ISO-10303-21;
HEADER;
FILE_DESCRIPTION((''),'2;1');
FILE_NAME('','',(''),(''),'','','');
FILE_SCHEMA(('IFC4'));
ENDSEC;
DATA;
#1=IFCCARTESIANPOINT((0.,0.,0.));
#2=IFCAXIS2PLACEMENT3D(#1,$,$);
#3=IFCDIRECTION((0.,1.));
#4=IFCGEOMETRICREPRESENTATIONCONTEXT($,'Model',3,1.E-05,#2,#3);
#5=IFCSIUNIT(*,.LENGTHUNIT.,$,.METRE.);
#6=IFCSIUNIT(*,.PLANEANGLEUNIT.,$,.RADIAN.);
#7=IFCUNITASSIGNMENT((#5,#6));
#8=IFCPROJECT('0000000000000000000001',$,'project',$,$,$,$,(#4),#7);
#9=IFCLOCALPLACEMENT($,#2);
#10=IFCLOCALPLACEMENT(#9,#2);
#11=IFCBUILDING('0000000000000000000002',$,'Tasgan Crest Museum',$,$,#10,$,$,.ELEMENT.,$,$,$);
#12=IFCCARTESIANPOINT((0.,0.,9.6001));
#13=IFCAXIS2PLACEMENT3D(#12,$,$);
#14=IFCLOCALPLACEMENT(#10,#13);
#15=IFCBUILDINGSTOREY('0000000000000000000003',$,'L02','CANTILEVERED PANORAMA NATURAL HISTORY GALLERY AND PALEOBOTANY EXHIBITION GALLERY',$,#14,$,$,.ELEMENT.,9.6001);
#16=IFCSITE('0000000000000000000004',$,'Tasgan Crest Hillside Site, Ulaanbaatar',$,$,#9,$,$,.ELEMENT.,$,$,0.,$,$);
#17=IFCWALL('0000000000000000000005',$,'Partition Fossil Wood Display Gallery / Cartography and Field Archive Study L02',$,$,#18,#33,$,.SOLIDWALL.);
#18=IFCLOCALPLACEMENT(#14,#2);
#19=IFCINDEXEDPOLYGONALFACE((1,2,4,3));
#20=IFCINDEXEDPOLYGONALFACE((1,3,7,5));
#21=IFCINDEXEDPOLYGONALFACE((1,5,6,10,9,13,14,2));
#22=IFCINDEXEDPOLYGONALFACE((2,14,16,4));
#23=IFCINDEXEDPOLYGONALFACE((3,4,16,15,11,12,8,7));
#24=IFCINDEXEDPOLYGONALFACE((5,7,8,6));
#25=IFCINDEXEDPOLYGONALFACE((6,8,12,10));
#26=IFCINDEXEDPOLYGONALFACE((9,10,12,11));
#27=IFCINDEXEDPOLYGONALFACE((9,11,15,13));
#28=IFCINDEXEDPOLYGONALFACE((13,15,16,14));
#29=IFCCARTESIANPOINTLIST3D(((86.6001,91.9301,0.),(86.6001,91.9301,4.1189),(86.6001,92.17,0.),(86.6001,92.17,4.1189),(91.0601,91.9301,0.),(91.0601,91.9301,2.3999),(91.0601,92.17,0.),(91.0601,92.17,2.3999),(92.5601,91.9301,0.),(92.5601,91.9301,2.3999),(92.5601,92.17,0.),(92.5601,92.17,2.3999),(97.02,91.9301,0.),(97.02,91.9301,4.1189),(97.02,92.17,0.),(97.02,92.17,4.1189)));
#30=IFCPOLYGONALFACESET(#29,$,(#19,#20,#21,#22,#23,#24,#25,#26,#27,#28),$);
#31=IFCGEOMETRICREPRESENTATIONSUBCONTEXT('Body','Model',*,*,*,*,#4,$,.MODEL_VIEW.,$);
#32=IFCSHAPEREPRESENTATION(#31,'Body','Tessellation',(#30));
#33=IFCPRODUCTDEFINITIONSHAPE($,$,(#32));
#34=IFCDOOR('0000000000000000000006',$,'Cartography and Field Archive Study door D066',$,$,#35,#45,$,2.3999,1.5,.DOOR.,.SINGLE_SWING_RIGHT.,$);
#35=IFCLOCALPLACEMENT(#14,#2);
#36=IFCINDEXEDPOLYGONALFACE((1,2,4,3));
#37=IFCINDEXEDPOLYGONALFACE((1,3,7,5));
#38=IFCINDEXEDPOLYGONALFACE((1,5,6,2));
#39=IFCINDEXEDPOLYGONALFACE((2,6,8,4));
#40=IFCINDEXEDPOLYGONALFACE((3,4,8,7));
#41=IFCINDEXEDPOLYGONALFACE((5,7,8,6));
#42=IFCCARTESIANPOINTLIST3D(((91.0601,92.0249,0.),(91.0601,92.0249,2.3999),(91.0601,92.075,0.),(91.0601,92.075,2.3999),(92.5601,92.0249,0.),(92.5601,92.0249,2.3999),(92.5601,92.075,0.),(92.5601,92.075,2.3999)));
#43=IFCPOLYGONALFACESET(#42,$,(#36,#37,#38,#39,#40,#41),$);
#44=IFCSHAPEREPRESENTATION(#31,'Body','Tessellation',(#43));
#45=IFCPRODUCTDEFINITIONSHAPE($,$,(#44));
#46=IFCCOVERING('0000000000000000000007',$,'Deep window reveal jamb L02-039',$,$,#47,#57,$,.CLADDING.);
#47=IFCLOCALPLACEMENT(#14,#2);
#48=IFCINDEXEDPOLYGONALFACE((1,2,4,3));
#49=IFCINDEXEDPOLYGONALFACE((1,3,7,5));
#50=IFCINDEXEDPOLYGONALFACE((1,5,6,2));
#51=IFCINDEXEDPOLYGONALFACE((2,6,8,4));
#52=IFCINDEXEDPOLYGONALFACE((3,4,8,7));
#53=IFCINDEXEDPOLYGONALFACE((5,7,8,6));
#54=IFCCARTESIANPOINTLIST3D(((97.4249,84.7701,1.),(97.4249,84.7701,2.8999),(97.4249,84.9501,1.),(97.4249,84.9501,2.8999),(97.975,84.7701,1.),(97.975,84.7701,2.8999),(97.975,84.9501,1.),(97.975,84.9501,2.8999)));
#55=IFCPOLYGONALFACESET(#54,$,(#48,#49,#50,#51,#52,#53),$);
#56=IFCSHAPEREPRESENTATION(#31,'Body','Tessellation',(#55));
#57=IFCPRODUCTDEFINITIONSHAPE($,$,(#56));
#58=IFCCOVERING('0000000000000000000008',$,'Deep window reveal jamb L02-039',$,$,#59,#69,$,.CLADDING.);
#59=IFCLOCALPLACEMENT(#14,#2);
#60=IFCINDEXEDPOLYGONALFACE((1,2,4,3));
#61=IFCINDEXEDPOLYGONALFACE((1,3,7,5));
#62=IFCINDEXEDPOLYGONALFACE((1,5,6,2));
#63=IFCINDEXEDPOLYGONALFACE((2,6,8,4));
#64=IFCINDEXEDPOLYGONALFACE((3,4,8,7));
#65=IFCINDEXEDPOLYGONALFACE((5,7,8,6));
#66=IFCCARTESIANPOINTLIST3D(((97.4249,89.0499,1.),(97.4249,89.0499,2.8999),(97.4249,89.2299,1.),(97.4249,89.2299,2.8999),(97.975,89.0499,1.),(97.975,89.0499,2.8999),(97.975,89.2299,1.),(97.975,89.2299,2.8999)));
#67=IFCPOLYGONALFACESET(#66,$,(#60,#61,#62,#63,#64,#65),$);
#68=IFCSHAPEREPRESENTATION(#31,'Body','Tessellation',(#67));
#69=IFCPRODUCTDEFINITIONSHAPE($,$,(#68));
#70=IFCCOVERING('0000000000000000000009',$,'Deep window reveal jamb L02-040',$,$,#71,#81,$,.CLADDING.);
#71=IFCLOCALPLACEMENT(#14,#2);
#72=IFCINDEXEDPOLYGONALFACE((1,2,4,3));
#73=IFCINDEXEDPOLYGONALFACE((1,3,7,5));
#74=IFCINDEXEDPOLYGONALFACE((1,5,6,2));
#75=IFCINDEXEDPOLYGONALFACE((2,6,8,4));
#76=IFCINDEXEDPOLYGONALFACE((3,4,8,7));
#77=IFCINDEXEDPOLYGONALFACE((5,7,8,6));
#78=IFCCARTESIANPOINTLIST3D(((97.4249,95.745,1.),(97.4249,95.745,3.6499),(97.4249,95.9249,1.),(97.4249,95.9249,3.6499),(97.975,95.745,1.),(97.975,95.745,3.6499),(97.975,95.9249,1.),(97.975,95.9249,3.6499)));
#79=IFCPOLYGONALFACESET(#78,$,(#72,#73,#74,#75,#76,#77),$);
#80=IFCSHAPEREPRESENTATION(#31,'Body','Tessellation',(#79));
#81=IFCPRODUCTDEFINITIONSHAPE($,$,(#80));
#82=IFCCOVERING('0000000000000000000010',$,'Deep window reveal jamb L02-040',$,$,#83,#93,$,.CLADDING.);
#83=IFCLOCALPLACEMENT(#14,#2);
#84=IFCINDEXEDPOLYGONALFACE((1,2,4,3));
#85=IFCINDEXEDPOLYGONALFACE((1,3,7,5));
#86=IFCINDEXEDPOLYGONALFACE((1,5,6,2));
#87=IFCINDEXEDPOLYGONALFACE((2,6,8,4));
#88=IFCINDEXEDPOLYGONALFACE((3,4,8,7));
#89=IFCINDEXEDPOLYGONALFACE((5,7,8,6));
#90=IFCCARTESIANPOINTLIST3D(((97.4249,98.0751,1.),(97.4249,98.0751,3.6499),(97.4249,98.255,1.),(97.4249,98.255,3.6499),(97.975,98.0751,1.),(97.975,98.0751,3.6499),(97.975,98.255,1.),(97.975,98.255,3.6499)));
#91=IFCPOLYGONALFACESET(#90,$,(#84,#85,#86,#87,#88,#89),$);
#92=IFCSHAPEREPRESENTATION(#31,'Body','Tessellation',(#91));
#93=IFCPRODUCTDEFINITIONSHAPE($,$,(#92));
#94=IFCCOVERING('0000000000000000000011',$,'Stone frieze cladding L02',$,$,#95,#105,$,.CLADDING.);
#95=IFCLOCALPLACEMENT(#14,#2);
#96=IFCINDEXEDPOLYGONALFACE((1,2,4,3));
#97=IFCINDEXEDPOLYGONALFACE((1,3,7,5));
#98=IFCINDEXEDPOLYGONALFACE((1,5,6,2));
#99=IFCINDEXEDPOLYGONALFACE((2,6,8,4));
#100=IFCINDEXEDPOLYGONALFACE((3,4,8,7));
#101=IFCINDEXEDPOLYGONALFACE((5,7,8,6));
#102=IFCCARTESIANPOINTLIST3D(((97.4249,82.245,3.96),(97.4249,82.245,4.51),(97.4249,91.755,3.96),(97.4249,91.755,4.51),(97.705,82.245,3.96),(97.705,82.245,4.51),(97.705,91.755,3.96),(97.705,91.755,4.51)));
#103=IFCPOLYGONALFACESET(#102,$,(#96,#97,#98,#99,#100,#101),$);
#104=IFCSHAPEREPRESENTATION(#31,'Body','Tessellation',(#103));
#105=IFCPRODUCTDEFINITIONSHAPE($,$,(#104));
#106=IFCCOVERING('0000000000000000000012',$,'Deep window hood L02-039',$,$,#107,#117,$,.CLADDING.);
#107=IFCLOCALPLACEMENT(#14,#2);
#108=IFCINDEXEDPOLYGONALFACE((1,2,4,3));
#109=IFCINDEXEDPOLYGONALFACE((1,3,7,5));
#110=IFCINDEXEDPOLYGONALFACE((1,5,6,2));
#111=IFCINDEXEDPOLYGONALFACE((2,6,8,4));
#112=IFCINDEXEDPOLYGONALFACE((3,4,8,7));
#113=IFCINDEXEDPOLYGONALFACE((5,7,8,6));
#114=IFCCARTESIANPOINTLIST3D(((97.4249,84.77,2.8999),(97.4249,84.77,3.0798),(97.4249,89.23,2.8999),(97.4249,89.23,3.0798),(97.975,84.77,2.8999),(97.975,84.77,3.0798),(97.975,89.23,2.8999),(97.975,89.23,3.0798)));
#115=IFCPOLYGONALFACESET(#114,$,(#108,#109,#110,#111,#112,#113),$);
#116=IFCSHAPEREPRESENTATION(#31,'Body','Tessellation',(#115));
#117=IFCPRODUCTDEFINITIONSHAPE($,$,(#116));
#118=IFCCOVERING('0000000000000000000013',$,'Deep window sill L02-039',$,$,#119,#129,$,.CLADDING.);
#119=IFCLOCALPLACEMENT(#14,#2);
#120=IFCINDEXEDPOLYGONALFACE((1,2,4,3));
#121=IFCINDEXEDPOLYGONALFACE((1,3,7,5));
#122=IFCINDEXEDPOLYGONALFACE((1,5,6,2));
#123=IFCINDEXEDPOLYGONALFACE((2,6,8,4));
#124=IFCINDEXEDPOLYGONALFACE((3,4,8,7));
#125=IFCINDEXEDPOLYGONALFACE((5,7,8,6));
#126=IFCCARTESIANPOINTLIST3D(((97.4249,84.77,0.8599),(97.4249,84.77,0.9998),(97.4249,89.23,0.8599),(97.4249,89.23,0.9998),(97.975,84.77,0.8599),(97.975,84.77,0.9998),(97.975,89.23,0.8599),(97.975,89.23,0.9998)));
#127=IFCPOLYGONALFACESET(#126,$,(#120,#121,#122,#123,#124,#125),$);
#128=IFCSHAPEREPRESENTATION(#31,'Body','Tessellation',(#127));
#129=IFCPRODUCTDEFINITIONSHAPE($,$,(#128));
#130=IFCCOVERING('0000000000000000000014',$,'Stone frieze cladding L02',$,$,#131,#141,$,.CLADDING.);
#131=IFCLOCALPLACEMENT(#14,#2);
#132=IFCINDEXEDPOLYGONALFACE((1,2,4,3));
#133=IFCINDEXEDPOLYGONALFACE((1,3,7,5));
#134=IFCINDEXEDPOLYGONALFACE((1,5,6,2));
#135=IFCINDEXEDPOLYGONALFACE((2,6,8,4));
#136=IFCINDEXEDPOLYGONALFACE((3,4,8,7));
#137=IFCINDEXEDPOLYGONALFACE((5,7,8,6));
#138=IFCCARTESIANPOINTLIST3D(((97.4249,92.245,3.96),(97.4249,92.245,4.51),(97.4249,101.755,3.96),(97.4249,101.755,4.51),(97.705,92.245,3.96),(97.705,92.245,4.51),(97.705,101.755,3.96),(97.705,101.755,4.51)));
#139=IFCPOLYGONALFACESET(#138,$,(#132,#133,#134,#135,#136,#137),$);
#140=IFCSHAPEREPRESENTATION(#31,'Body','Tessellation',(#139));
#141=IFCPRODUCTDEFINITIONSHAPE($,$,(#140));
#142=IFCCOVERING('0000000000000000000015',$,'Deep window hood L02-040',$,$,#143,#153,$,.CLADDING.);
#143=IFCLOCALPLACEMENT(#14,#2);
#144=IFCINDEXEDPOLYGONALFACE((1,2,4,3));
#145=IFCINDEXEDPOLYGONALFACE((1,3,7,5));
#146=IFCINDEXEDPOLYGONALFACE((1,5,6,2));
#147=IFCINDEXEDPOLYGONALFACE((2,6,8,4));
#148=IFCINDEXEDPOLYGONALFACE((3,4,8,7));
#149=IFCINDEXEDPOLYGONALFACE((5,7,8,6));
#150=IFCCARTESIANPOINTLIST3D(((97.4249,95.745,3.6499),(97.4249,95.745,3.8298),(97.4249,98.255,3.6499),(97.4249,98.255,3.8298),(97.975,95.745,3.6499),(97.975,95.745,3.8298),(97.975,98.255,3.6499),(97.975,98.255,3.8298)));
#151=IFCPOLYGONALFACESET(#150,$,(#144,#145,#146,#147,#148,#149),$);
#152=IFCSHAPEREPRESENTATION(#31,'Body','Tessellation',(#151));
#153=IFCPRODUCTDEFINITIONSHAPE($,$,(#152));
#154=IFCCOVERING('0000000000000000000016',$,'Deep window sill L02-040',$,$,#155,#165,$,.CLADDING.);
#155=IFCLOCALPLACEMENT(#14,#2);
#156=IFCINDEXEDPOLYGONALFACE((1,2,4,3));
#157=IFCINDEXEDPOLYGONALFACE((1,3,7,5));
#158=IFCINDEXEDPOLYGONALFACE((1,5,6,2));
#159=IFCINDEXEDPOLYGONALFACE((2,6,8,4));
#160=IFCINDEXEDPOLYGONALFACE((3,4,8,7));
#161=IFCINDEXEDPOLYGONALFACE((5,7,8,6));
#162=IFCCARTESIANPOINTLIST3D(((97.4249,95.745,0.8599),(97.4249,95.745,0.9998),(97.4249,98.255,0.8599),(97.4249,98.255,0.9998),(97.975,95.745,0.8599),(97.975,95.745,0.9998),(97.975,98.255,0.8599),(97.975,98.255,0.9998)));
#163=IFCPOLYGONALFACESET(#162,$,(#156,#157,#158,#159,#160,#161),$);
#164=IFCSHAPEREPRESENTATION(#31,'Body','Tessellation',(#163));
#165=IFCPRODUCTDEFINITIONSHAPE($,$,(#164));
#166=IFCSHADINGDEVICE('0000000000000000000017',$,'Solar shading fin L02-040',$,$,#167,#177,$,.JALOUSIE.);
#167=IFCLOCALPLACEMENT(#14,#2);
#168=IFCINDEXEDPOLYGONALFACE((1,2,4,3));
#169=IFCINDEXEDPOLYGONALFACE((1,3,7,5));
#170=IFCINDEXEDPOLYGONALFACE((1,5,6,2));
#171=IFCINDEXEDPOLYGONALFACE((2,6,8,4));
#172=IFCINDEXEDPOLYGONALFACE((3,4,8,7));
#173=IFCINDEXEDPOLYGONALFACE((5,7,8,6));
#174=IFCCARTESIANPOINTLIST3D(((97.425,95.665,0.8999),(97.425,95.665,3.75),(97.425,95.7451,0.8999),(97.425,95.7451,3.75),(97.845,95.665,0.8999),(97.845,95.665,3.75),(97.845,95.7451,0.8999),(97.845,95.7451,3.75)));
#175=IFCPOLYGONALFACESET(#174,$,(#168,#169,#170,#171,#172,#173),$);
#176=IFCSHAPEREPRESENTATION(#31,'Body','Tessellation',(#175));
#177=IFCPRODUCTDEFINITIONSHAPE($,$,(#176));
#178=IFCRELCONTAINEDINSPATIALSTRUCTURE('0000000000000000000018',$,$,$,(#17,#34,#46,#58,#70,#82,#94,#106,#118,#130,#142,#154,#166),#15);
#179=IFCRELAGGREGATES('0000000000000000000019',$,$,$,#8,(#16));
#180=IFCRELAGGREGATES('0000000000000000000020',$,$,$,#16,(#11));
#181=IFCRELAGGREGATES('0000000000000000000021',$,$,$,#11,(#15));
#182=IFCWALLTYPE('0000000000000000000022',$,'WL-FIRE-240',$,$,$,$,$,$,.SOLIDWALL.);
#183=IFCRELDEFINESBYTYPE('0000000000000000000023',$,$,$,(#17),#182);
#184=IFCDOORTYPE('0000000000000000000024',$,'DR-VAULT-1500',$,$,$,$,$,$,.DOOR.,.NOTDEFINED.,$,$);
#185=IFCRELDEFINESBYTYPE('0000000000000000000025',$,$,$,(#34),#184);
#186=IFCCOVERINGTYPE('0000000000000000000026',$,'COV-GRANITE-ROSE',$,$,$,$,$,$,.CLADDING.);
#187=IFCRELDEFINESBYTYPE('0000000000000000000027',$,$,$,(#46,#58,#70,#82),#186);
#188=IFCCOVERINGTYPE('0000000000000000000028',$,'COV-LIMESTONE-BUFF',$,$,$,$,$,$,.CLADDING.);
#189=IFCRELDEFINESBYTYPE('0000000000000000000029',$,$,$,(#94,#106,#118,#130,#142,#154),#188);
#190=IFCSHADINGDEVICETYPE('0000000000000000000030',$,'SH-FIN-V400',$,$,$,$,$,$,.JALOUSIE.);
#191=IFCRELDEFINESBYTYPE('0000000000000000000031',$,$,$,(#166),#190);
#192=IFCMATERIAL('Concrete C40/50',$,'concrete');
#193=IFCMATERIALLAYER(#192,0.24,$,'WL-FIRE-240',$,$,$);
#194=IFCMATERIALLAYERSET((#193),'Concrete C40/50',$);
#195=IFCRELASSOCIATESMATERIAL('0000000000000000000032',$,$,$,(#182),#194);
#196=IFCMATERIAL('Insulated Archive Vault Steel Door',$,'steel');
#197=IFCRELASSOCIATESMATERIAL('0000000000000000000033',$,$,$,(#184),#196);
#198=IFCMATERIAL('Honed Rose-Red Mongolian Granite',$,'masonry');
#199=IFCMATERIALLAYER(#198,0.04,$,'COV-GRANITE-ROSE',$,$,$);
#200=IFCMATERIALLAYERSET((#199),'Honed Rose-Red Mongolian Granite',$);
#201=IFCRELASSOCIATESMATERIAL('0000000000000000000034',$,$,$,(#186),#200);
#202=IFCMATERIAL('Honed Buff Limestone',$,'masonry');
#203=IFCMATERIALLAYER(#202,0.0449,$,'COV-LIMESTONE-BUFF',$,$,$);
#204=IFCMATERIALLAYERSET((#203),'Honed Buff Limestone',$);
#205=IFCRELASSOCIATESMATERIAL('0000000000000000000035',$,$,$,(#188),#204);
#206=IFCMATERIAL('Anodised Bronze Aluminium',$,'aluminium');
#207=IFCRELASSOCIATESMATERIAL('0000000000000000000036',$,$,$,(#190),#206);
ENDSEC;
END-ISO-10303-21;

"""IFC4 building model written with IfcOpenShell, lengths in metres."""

from ifc_helpers import new_model, si_unit, direction, frame, frame_2d, origin, origin_2d, place, context, subcontext, project, spatial, rectangle, extrude, material, layer, layer_set, type_object, element, fill, save


model = new_model("IFC4")

# Units and contexts
model_context = context("Model", 3, precision=1e-05, world=origin(), true_north=direction((0.0, 1.0)))
body_context = subcontext(model_context, "Body", "Model", "MODEL_VIEW")
ifc_project = project(units=[si_unit("LENGTHUNIT", "METRE"), si_unit("PLANEANGLEUNIT", "RADIAN")], contexts=[model_context])

# Site, building, storey
site_placement = place(None, origin())
site = spatial("IfcSite", under=ifc_project, at=site_placement, Name="Tasgan Crest Hillside Site, Ulaanbaatar", CompositionType="ELEMENT", RefElevation=0.0)
building_placement = place(site_placement, origin())
building = spatial("IfcBuilding", under=site, at=building_placement, Name="Tasgan Crest Museum", CompositionType="ELEMENT")
storey_placement = place(building_placement, frame((0.0, 0.0, 9.6001)))
storey = spatial("IfcBuildingStorey", under=building, at=storey_placement, Name="L02", Description="CANTILEVERED PANORAMA NATURAL HISTORY GALLERY AND PALEOBOTANY EXHIBITION GALLERY", CompositionType="ELEMENT", Elevation=9.6001)

# Wall, opening, door
ifc_material_1 = material(Name="Concrete C40/50", Category="concrete")
ifc_layer_1 = layer(ifc_material_1, 0.24, Name="WL-FIRE-240")
ifc_layer_set_1 = layer_set([ifc_layer_1], Name="Concrete C40/50")
wall_type_1 = type_object("IfcWallType", Name="WL-FIRE-240", PredefinedType="SOLIDWALL", material=ifc_layer_set_1)
wall_1_placement = place(storey_placement, frame((86.6001, 92.05, 0.0), z_axis=(0.0, 0.0, 1.0), x_axis=(1.0, 0.0, 0.0)))
wall_1 = element("IfcWall", 1, at=wall_1_placement, inside=storey, type_object=wall_type_1, Name="Partition Fossil Wood Display Gallery / Cartography and Field Archive Study L02", PredefinedType="SOLIDWALL", context=body_context, shape_type="SweptSolid", body=[
    extrude(rectangle(XDim=10.4199, YDim=0.24, at=frame_2d((5.21, 0.0))), origin(), (0.0, 0.0, 1.0), 4.1189),
])
opening_1_placement = place(wall_1_placement, frame((4.46, 0.0, 0.0)))
opening_1 = element("IfcOpeningElement", 2, at=opening_1_placement, cuts=wall_1, PredefinedType="OPENING", context=body_context, shape_type="SweptSolid", body=[
    extrude(rectangle(XDim=1.5, YDim=2.3999, at=frame_2d((0.75, 1.2))), frame((0.0, 0.1299, 0.0), z_axis=(0.0, -1.0, 0.0), x_axis=(1.0, 0.0, 0.0)), (0.0, 0.0, 1.0), 0.26),
])
ifc_material_2 = material(Name="Insulated Archive Vault Steel Door", Category="steel")
door_type = type_object("IfcDoorType", Name="DR-VAULT-1500", OperationType="NOTDEFINED", PredefinedType="DOOR", material=ifc_material_2)
door_placement = place(opening_1_placement, origin())
door = element("IfcDoor", 3, at=door_placement, inside=storey, type_object=door_type, Name="Cartography and Field Archive Study door D066", OperationType="SINGLE_SWING_RIGHT", OverallHeight=2.3999, OverallWidth=1.5, PredefinedType="DOOR", context=body_context, shape_type="SweptSolid", body=[
    extrude(rectangle(XDim=1.5, YDim=2.3999, at=frame_2d((0.75, 1.2))), frame((0.0, 0.0249, 0.0), z_axis=(0.0, -1.0, 0.0), x_axis=(1.0, 0.0, 0.0)), (0.0, 0.0, 1.0), 0.05),
])
fill(opening_1, door)

# Coverings
ifc_material_3 = material(Name="Honed Rose-Red Mongolian Granite", Category="masonry")
ifc_layer_2 = layer(ifc_material_3, 0.04, Name="COV-GRANITE-ROSE")
ifc_layer_set_2 = layer_set([ifc_layer_2], Name="Honed Rose-Red Mongolian Granite")
covering_type_1 = type_object("IfcCoveringType", Name="COV-GRANITE-ROSE", PredefinedType="CLADDING", material=ifc_layer_set_2)
for number, where, z_axis, x_axis, name in (
    (4, (97.7, 84.8601, 1.0), (0.0, 0.0, 1.0), (0.0, 1.0, 0.0), "Deep window reveal jamb L02-039"),
    (5, (97.7, 89.1399, 1.0), (0.0, 0.0, 1.0), (0.0, 1.0, 0.0), "Deep window reveal jamb L02-039"),
):
    element("IfcCovering", number, at=place(storey_placement, frame(where, z_axis=z_axis, x_axis=x_axis)), inside=storey, type_object=covering_type_1, Name=name, PredefinedType="CLADDING", context=body_context, shape_type="SweptSolid", body=[
        extrude(rectangle(XDim=0.1799, YDim=0.55, at=origin_2d()), origin(), (0.0, 0.0, 1.0), 1.8999),
    ])
for number, where, z_axis, x_axis, name in (
    (6, (97.7, 95.835, 1.0), (0.0, 0.0, 1.0), (0.0, 1.0, 0.0), "Deep window reveal jamb L02-040"),
    (7, (97.7, 98.165, 1.0), (0.0, 0.0, 1.0), (0.0, 1.0, 0.0), "Deep window reveal jamb L02-040"),
):
    element("IfcCovering", number, at=place(storey_placement, frame(where, z_axis=z_axis, x_axis=x_axis)), inside=storey, type_object=covering_type_1, Name=name, PredefinedType="CLADDING", context=body_context, shape_type="SweptSolid", body=[
        extrude(rectangle(XDim=0.1799, YDim=0.55, at=origin_2d()), origin(), (0.0, 0.0, 1.0), 2.6499),
    ])
ifc_material_4 = material(Name="Honed Buff Limestone", Category="masonry")
ifc_layer_3 = layer(ifc_material_4, 0.0449, Name="COV-LIMESTONE-BUFF")
ifc_layer_set_3 = layer_set([ifc_layer_3], Name="Honed Buff Limestone")
covering_type_2 = type_object("IfcCoveringType", Name="COV-LIMESTONE-BUFF", PredefinedType="CLADDING", material=ifc_layer_set_3)
covering_1_placement = place(storey_placement, frame((97.5649, 87.0, 3.96), z_axis=(0.0, 0.0, 1.0), x_axis=(0.0, 1.0, 0.0)))
element("IfcCovering", 8, at=covering_1_placement, inside=storey, type_object=covering_type_2, Name="Stone frieze cladding L02", PredefinedType="CLADDING", context=body_context, shape_type="SweptSolid", body=[
    extrude(rectangle(XDim=9.51, YDim=0.28, at=origin_2d()), origin(), (0.0, 0.0, 1.0), 0.55),
])
covering_2_placement = place(storey_placement, frame((97.7, 87.0, 2.8999), z_axis=(0.0, 0.0, 1.0), x_axis=(0.0, 1.0, 0.0)))
element("IfcCovering", 9, at=covering_2_placement, inside=storey, type_object=covering_type_2, Name="Deep window hood L02-039", PredefinedType="CLADDING", context=body_context, shape_type="SweptSolid", body=[
    extrude(rectangle(XDim=4.46, YDim=0.55, at=origin_2d()), origin(), (0.0, 0.0, 1.0), 0.1799),
])
covering_3_placement = place(storey_placement, frame((97.7, 87.0, 0.8599), z_axis=(0.0, 0.0, 1.0), x_axis=(0.0, 1.0, 0.0)))
element("IfcCovering", 10, at=covering_3_placement, inside=storey, type_object=covering_type_2, Name="Deep window sill L02-039", PredefinedType="CLADDING", context=body_context, shape_type="SweptSolid", body=[
    extrude(rectangle(XDim=4.46, YDim=0.55, at=origin_2d()), origin(), (0.0, 0.0, 1.0), 0.1399),
])
covering_4_placement = place(storey_placement, frame((97.5649, 97.0, 3.96), z_axis=(0.0, 0.0, 1.0), x_axis=(0.0, 1.0, 0.0)))
element("IfcCovering", 11, at=covering_4_placement, inside=storey, type_object=covering_type_2, Name="Stone frieze cladding L02", PredefinedType="CLADDING", context=body_context, shape_type="SweptSolid", body=[
    extrude(rectangle(XDim=9.51, YDim=0.28, at=origin_2d()), origin(), (0.0, 0.0, 1.0), 0.55),
])
covering_5_placement = place(storey_placement, frame((97.7, 97.0, 3.6499), z_axis=(0.0, 0.0, 1.0), x_axis=(0.0, 1.0, 0.0)))
element("IfcCovering", 12, at=covering_5_placement, inside=storey, type_object=covering_type_2, Name="Deep window hood L02-040", PredefinedType="CLADDING", context=body_context, shape_type="SweptSolid", body=[
    extrude(rectangle(XDim=2.51, YDim=0.55, at=origin_2d()), origin(), (0.0, 0.0, 1.0), 0.1799),
])
covering_6_placement = place(storey_placement, frame((97.7, 97.0, 0.8599), z_axis=(0.0, 0.0, 1.0), x_axis=(0.0, 1.0, 0.0)))
element("IfcCovering", 13, at=covering_6_placement, inside=storey, type_object=covering_type_2, Name="Deep window sill L02-040", PredefinedType="CLADDING", context=body_context, shape_type="SweptSolid", body=[
    extrude(rectangle(XDim=2.51, YDim=0.55, at=origin_2d()), origin(), (0.0, 0.0, 1.0), 0.1399),
])

# Shading device
ifc_material_5 = material(Name="Anodised Bronze Aluminium", Category="aluminium")
shading_device_type = type_object("IfcShadingDeviceType", Name="SH-FIN-V400", PredefinedType="JALOUSIE", material=ifc_material_5)
shading_device_placement = place(storey_placement, frame((97.635, 95.7051, 0.8999), z_axis=(0.0, 0.0, 1.0), x_axis=(0.0, 1.0, 0.0)))
element("IfcShadingDevice", 14, at=shading_device_placement, inside=storey, type_object=shading_device_type, Name="Solar shading fin L02-040", PredefinedType="JALOUSIE", context=body_context, shape_type="SweptSolid", body=[
    extrude(rectangle(XDim=0.0801, YDim=0.4199, at=origin_2d()), origin(), (0.0, 0.0, 1.0), 2.8501),
])

save(model, "model.ifc")
